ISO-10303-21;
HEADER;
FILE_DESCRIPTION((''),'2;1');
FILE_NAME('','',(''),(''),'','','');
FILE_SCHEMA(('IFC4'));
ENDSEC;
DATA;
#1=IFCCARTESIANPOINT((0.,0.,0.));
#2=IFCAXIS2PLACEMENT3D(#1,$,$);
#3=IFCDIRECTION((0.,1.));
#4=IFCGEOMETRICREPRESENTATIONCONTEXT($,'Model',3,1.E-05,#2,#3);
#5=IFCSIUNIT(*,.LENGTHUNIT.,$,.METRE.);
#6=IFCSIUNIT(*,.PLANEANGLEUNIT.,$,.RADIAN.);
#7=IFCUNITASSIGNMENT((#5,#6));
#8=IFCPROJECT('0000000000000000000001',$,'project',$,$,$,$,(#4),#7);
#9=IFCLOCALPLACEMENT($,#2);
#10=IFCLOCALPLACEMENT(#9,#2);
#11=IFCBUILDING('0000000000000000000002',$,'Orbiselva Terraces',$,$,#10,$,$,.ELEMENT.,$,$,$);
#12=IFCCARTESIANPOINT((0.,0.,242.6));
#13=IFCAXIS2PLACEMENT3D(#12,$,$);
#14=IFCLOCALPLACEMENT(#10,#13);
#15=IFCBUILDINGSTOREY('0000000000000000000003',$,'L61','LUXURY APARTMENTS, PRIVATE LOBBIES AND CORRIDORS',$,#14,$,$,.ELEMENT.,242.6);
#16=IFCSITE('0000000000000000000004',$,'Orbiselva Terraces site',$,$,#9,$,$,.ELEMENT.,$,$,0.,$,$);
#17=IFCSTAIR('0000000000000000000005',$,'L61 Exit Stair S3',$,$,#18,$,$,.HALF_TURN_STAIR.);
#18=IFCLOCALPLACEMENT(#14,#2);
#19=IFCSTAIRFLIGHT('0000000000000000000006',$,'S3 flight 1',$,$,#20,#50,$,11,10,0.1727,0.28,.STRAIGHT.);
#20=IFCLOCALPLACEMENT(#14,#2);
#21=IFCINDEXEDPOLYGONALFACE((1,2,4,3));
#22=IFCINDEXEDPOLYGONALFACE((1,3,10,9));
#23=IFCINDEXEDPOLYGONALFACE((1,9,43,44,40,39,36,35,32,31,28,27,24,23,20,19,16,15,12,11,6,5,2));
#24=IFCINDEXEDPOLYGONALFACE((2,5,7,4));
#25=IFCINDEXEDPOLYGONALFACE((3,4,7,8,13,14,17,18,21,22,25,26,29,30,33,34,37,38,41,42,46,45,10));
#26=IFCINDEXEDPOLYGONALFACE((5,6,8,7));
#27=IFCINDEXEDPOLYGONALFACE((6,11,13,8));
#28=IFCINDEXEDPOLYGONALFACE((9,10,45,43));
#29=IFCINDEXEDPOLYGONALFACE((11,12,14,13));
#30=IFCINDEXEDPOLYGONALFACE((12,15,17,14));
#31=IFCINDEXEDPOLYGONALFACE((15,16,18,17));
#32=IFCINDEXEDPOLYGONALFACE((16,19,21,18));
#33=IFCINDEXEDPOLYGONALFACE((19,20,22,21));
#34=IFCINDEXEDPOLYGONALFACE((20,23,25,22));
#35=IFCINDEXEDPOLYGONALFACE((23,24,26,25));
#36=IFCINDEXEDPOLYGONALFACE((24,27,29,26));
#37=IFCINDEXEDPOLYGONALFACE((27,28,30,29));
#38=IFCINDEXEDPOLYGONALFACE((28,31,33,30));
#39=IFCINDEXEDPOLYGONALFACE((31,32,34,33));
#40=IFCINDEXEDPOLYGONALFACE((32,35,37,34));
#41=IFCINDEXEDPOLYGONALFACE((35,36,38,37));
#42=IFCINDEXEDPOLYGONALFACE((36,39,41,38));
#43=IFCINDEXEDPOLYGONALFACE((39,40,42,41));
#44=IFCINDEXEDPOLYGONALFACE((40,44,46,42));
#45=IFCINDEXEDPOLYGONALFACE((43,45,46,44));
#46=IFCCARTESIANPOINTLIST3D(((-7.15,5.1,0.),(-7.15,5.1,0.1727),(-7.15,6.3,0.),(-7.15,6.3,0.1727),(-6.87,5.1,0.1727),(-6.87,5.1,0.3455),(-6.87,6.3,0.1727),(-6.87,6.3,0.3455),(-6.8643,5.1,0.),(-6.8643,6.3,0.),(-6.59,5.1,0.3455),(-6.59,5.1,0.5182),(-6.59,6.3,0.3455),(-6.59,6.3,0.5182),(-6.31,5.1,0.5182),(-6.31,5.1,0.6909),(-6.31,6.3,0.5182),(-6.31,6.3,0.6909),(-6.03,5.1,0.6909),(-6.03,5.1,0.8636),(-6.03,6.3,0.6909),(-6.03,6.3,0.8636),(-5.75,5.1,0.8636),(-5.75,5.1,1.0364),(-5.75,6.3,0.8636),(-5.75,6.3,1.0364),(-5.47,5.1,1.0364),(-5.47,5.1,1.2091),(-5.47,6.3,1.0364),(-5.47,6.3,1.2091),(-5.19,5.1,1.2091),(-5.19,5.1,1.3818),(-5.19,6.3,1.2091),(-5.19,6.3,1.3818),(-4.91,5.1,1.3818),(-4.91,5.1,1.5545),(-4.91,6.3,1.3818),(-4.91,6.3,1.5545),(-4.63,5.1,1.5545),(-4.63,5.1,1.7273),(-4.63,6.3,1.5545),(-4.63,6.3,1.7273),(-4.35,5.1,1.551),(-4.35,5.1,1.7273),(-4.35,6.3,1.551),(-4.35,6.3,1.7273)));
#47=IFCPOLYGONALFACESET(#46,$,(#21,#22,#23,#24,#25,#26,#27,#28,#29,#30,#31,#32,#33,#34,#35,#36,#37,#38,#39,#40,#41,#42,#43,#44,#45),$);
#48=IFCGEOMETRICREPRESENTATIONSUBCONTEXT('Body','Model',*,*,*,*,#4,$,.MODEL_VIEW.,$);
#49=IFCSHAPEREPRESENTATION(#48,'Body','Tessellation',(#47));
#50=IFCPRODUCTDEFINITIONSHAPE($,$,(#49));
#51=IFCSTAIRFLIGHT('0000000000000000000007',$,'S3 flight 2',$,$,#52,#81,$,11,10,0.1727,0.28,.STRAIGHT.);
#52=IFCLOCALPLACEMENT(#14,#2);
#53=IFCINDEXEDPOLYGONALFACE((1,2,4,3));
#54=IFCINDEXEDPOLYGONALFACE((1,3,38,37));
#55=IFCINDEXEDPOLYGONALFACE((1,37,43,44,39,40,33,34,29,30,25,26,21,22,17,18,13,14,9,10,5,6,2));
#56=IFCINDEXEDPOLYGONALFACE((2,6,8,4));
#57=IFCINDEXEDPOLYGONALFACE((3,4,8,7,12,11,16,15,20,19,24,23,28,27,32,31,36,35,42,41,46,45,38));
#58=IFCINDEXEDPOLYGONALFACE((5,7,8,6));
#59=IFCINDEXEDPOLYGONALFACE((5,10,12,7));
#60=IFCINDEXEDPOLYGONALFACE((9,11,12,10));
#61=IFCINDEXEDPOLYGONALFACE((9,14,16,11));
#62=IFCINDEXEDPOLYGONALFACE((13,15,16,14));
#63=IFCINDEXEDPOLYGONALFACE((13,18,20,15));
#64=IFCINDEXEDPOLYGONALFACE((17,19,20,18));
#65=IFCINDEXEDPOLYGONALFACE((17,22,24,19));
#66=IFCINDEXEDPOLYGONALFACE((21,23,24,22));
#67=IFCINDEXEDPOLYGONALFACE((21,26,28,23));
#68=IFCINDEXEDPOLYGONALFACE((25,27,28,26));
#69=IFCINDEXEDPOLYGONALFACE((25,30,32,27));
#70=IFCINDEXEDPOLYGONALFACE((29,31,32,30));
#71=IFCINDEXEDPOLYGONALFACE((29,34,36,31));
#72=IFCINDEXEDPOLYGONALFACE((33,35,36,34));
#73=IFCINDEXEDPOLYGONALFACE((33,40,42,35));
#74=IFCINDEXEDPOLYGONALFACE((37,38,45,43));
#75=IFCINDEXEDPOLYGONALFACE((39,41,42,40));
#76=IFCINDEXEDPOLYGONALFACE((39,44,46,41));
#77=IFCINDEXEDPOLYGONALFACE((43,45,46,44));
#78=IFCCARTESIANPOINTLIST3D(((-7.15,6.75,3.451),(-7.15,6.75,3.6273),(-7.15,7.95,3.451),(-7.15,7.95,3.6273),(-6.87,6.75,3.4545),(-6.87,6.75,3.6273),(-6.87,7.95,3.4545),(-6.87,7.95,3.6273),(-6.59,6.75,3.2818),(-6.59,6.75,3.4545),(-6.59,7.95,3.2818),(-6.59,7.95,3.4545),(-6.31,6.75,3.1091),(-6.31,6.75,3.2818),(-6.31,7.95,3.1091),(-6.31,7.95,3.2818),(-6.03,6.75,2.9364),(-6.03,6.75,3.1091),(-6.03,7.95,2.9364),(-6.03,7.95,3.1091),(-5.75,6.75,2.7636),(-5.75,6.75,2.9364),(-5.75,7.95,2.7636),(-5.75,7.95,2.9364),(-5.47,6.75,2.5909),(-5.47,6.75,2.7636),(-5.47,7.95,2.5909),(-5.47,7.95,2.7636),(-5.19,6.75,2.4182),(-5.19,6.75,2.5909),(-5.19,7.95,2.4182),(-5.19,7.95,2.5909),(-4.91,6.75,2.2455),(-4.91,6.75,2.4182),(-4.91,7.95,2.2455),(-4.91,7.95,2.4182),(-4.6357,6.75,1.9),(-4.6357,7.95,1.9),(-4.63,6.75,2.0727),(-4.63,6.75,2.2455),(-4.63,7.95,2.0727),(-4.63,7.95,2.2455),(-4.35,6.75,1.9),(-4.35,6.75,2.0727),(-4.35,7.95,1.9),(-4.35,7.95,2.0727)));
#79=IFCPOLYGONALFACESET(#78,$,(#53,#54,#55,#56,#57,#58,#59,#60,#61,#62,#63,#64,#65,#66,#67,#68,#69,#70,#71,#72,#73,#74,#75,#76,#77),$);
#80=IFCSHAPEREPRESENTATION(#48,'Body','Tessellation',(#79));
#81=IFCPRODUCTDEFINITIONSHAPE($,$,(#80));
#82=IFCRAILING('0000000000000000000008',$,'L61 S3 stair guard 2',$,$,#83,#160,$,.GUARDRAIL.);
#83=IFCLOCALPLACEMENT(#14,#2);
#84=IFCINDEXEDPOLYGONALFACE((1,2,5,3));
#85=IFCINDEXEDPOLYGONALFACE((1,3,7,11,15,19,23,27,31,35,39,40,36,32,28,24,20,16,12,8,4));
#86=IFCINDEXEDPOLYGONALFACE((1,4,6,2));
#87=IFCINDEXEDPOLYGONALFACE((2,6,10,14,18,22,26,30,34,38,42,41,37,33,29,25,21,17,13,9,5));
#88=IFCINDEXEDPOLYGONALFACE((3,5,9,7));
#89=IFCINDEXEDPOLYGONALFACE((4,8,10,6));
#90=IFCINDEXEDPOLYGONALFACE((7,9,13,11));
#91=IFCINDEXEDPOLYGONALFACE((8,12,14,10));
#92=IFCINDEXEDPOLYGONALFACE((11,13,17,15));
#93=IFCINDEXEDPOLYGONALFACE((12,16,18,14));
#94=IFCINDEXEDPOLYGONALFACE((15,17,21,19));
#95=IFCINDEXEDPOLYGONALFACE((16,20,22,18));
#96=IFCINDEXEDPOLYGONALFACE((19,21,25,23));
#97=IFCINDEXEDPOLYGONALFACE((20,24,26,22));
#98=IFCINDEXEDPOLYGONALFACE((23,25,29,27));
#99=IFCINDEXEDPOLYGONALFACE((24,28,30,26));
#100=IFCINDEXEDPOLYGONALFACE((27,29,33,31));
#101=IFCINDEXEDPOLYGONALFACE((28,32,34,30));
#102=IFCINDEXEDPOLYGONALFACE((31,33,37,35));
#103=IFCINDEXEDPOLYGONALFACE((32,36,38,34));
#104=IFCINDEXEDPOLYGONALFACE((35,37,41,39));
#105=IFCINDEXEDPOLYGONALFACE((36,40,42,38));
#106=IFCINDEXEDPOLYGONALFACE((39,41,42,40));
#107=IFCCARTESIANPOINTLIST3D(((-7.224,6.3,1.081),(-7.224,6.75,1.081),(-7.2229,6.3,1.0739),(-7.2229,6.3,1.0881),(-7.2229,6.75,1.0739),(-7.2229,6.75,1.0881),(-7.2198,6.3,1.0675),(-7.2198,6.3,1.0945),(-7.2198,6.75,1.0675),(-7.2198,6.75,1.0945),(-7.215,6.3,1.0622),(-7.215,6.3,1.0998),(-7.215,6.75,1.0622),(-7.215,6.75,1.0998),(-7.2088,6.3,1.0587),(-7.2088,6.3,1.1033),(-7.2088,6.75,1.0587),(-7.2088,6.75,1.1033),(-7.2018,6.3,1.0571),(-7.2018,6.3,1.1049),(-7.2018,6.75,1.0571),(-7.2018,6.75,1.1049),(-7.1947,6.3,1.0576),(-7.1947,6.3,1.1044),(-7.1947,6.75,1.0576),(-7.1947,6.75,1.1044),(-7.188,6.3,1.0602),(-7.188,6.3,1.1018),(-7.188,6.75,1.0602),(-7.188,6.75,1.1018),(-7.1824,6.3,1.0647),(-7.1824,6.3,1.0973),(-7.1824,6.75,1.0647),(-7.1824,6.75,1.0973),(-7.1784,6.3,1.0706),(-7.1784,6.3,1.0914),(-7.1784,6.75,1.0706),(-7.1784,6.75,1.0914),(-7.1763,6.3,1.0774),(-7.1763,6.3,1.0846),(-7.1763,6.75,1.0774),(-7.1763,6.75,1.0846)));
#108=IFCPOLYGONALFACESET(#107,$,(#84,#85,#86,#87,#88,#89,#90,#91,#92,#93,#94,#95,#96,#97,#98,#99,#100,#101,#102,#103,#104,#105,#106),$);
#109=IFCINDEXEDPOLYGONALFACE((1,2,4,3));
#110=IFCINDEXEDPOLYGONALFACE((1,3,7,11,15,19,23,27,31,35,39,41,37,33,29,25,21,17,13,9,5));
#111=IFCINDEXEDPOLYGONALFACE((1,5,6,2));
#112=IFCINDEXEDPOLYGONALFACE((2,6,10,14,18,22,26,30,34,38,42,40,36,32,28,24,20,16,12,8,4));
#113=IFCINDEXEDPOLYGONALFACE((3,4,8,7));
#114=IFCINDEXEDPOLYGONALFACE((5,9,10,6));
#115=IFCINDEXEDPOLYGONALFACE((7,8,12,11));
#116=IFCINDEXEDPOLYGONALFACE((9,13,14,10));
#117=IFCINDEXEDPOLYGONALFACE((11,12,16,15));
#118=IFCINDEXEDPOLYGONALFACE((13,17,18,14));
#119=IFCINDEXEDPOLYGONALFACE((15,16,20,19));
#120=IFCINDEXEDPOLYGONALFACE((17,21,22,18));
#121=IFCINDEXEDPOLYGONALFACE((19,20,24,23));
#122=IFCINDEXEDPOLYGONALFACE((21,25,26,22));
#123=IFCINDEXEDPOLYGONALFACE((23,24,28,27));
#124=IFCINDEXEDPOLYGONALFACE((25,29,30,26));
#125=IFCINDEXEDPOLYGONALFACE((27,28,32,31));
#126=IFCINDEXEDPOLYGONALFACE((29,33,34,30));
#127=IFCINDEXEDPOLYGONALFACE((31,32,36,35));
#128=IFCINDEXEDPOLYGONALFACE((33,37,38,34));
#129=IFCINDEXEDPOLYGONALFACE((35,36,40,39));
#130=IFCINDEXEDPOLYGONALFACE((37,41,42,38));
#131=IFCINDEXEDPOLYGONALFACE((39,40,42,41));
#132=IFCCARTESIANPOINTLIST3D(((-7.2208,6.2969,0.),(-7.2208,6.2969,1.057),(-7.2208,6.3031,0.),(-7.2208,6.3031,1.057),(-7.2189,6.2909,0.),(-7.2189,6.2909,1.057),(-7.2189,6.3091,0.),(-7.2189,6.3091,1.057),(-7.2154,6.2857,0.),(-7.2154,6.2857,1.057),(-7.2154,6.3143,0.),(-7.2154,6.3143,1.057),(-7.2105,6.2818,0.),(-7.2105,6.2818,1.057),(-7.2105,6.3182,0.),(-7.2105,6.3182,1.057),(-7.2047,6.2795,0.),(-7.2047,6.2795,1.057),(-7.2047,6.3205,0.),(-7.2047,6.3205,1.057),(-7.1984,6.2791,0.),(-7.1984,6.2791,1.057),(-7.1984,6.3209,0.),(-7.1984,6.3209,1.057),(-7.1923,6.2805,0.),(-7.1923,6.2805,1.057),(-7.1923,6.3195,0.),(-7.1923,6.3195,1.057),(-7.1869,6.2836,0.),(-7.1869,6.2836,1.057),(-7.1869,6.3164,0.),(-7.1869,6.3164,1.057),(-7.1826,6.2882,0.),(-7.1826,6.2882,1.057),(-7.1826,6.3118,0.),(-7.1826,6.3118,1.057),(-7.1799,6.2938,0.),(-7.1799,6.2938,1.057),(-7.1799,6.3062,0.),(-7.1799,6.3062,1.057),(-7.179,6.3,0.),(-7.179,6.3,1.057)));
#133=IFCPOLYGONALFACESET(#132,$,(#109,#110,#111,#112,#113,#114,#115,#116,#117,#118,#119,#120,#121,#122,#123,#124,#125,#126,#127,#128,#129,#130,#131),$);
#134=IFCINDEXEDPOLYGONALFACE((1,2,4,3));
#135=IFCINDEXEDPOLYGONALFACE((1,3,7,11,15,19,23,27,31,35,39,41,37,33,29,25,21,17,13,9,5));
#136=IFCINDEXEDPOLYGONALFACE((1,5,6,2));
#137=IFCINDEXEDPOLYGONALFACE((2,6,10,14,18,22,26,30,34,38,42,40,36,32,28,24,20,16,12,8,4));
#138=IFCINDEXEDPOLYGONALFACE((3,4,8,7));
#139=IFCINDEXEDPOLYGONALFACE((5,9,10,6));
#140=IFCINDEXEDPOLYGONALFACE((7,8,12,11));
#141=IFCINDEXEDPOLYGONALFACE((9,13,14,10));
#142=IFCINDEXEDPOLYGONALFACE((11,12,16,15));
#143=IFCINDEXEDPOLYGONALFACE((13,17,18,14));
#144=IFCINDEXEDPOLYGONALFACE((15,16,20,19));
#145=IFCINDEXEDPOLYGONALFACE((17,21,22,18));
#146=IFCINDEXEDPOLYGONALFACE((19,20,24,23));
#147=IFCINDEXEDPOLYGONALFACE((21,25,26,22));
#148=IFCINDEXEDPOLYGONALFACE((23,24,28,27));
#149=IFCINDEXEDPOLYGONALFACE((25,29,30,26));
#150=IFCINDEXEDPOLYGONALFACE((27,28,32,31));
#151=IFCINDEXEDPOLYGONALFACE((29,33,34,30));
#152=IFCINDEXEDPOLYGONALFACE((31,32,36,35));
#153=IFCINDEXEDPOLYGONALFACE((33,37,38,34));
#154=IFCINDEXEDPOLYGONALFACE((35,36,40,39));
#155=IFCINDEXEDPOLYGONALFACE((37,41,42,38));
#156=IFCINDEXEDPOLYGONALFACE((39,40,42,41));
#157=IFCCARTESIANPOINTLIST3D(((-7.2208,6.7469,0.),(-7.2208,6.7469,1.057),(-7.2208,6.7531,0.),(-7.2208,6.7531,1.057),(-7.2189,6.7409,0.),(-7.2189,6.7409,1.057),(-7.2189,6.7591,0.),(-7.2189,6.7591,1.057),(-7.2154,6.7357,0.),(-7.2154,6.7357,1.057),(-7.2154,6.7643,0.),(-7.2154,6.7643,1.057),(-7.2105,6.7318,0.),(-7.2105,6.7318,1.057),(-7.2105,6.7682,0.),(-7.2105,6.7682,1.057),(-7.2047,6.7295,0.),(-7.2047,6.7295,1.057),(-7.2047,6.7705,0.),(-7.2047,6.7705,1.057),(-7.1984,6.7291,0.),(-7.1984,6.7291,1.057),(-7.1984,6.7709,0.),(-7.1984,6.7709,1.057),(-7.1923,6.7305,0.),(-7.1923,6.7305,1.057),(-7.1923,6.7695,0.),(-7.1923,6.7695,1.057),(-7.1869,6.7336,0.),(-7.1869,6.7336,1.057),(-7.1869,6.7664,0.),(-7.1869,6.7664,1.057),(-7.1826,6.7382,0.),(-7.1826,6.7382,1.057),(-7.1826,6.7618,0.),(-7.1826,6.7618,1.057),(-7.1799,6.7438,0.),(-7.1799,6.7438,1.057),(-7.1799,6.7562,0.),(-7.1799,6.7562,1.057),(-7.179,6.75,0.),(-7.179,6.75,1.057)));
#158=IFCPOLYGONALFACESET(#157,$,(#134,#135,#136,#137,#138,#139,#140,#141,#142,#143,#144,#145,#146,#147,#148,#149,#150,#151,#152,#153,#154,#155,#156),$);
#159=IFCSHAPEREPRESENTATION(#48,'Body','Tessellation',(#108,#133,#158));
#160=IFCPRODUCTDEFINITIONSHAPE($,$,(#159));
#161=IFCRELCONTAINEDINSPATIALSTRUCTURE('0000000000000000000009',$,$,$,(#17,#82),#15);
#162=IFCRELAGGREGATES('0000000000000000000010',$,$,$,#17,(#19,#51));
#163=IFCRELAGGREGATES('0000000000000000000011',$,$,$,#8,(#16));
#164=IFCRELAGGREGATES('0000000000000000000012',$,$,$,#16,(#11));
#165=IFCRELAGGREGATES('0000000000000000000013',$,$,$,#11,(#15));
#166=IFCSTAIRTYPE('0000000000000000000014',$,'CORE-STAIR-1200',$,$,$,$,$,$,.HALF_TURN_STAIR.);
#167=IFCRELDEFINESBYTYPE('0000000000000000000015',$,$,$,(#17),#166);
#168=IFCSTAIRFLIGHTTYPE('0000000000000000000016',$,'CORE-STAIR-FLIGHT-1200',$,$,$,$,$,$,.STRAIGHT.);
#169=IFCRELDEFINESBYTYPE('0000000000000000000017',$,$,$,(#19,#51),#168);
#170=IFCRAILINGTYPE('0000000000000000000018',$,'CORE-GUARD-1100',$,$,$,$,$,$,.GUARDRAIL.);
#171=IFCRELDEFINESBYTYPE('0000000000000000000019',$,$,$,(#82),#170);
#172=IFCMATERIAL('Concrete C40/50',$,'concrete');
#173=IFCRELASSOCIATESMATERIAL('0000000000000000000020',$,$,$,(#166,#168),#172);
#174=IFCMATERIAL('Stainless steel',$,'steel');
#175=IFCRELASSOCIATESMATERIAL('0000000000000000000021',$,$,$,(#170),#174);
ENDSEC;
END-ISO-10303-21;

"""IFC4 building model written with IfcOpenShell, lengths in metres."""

from ifc_helpers import new_model, si_unit, direction, frame, origin, origin_2d, place, context, subcontext, project, spatial, polyline, circle, outline, extrude, material, type_object, element, aggregate, save


model = new_model("IFC4")

# Units and contexts
model_context = context("Model", 3, precision=1e-05, world=origin(), true_north=direction((0.0, 1.0)))
body_context = subcontext(model_context, "Body", "Model", "MODEL_VIEW")
ifc_project = project(units=[si_unit("LENGTHUNIT", "METRE"), si_unit("PLANEANGLEUNIT", "RADIAN")], contexts=[model_context])

# Site, building, storey
site_placement = place(None, origin())
site = spatial("IfcSite", under=ifc_project, at=site_placement, Name="Orbiselva Terraces site", CompositionType="ELEMENT", RefElevation=0.0)
building_placement = place(site_placement, origin())
building = spatial("IfcBuilding", under=site, at=building_placement, Name="Orbiselva Terraces", CompositionType="ELEMENT")
storey_placement = place(building_placement, frame((0.0, 0.0, 242.6)))
storey = spatial("IfcBuildingStorey", under=building, at=storey_placement, Name="L61", Description="LUXURY APARTMENTS, PRIVATE LOBBIES AND CORRIDORS", CompositionType="ELEMENT", Elevation=242.6)

# Shared definitions
ifc_material_1 = material(Name="Concrete C40/50", Category="concrete")

# Stair, stair flights
stair_type = type_object("IfcStairType", Name="CORE-STAIR-1200", PredefinedType="HALF_TURN_STAIR", material=ifc_material_1)
stair_placement = place(storey_placement, origin())
stair = element("IfcStair", 1, at=stair_placement, inside=storey, type_object=stair_type, Name="L61 Exit Stair S3", PredefinedType="HALF_TURN_STAIR")
stair_flight_type = type_object("IfcStairFlightType", Name="CORE-STAIR-FLIGHT-1200", PredefinedType="STRAIGHT", material=ifc_material_1)
stair_flight_1_placement = place(storey_placement, frame((-7.15, 5.7, 0.0), z_axis=(0.0, 0.0, 1.0), x_axis=(1.0, 0.0, 0.0)))
stair_flight_1 = element("IfcStairFlight", 2, at=stair_flight_1_placement, type_object=stair_flight_type, Name="S3 flight 1", NumberOfRisers=11, NumberOfTreads=10, PredefinedType="STRAIGHT", RiserHeight=0.1727, TreadLength=0.28, context=body_context, shape_type="SweptSolid", body=[
    extrude(outline(polyline([(0.0, 0.0), (0.0, 0.1727), (0.28, 0.1727), (0.28, 0.3455), (0.56, 0.3455), (0.56, 0.5182), (0.84, 0.5182), (0.84, 0.6909), (1.12, 0.6909), (1.12, 0.8636), (1.4, 0.8636), (1.4, 1.0364), (1.68, 1.0364), (1.68, 1.2091), (1.96, 1.2091), (1.96, 1.3818), (2.24, 1.3818), (2.24, 1.5545), (2.52, 1.5545), (2.52, 1.7273), (2.8, 1.7273), (2.8, 1.9), (2.8, 1.551), (0.2857, 0.0), (0.0, 0.0)])), frame((0.0, 0.6, 0.0), z_axis=(0.0, -1.0, 0.0), x_axis=(1.0, 0.0, 0.0)), (0.0, 0.0, 1.0), 1.2),
])
stair_flight_2_placement = place(storey_placement, frame((-4.35, 7.35, 1.9), z_axis=(0.0, 0.0, 1.0), x_axis=(-1.0, 0.0, 0.0)))
stair_flight_2 = element("IfcStairFlight", 3, at=stair_flight_2_placement, type_object=stair_flight_type, Name="S3 flight 2", NumberOfRisers=11, NumberOfTreads=10, PredefinedType="STRAIGHT", RiserHeight=0.1727, TreadLength=0.28, context=body_context, shape_type="SweptSolid", body=[
    extrude(outline(polyline([(0.0, 0.0), (0.0, 0.1727), (0.28, 0.1727), (0.28, 0.3455), (0.56, 0.3455), (0.56, 0.5182), (0.84, 0.5182), (0.84, 0.6909), (1.12, 0.6909), (1.12, 0.8636), (1.4, 0.8636), (1.4, 1.0364), (1.68, 1.0364), (1.68, 1.2091), (1.96, 1.2091), (1.96, 1.3818), (2.24, 1.3818), (2.24, 1.5545), (2.52, 1.5545), (2.52, 1.7273), (2.8, 1.7273), (2.8, 1.9), (2.8, 1.551), (0.2857, 0.0), (0.0, 0.0)])), frame((0.0, 0.6, 0.0), z_axis=(0.0, -1.0, 0.0), x_axis=(1.0, 0.0, 0.0)), (0.0, 0.0, 1.0), 1.2),
])
aggregate(stair, [stair_flight_1, stair_flight_2])

# Railing
ifc_material_2 = material(Name="Stainless steel", Category="steel")
railing_type_1 = type_object("IfcRailingType", Name="CORE-GUARD-1100", PredefinedType="GUARDRAIL", material=ifc_material_2)
railing_1_placement = place(storey_placement, frame((-7.2, 6.3, 0.0)))
element("IfcRailing", 4, at=railing_1_placement, inside=storey, type_object=railing_type_1, Name="L61 S3 stair guard 2", PredefinedType="GUARDRAIL", context=body_context, shape_type="SweptSolid", body=[
    extrude(circle(Radius=0.024, at=origin_2d()), frame((0.0, 0.0, 1.081), z_axis=(0.0, 1.0, 0.0), x_axis=(-1.0, 0.0, 0.0)), (0.0, 0.0, 1.0), 0.45),
    extrude(circle(Radius=0.021, at=origin_2d()), origin(), (0.0, 0.0, 1.0), 1.057),
    extrude(circle(Radius=0.021, at=origin_2d()), frame((0.0, 0.45, 0.0)), (0.0, 0.0, 1.0), 1.057),
])

save(model, "model.ifc")
